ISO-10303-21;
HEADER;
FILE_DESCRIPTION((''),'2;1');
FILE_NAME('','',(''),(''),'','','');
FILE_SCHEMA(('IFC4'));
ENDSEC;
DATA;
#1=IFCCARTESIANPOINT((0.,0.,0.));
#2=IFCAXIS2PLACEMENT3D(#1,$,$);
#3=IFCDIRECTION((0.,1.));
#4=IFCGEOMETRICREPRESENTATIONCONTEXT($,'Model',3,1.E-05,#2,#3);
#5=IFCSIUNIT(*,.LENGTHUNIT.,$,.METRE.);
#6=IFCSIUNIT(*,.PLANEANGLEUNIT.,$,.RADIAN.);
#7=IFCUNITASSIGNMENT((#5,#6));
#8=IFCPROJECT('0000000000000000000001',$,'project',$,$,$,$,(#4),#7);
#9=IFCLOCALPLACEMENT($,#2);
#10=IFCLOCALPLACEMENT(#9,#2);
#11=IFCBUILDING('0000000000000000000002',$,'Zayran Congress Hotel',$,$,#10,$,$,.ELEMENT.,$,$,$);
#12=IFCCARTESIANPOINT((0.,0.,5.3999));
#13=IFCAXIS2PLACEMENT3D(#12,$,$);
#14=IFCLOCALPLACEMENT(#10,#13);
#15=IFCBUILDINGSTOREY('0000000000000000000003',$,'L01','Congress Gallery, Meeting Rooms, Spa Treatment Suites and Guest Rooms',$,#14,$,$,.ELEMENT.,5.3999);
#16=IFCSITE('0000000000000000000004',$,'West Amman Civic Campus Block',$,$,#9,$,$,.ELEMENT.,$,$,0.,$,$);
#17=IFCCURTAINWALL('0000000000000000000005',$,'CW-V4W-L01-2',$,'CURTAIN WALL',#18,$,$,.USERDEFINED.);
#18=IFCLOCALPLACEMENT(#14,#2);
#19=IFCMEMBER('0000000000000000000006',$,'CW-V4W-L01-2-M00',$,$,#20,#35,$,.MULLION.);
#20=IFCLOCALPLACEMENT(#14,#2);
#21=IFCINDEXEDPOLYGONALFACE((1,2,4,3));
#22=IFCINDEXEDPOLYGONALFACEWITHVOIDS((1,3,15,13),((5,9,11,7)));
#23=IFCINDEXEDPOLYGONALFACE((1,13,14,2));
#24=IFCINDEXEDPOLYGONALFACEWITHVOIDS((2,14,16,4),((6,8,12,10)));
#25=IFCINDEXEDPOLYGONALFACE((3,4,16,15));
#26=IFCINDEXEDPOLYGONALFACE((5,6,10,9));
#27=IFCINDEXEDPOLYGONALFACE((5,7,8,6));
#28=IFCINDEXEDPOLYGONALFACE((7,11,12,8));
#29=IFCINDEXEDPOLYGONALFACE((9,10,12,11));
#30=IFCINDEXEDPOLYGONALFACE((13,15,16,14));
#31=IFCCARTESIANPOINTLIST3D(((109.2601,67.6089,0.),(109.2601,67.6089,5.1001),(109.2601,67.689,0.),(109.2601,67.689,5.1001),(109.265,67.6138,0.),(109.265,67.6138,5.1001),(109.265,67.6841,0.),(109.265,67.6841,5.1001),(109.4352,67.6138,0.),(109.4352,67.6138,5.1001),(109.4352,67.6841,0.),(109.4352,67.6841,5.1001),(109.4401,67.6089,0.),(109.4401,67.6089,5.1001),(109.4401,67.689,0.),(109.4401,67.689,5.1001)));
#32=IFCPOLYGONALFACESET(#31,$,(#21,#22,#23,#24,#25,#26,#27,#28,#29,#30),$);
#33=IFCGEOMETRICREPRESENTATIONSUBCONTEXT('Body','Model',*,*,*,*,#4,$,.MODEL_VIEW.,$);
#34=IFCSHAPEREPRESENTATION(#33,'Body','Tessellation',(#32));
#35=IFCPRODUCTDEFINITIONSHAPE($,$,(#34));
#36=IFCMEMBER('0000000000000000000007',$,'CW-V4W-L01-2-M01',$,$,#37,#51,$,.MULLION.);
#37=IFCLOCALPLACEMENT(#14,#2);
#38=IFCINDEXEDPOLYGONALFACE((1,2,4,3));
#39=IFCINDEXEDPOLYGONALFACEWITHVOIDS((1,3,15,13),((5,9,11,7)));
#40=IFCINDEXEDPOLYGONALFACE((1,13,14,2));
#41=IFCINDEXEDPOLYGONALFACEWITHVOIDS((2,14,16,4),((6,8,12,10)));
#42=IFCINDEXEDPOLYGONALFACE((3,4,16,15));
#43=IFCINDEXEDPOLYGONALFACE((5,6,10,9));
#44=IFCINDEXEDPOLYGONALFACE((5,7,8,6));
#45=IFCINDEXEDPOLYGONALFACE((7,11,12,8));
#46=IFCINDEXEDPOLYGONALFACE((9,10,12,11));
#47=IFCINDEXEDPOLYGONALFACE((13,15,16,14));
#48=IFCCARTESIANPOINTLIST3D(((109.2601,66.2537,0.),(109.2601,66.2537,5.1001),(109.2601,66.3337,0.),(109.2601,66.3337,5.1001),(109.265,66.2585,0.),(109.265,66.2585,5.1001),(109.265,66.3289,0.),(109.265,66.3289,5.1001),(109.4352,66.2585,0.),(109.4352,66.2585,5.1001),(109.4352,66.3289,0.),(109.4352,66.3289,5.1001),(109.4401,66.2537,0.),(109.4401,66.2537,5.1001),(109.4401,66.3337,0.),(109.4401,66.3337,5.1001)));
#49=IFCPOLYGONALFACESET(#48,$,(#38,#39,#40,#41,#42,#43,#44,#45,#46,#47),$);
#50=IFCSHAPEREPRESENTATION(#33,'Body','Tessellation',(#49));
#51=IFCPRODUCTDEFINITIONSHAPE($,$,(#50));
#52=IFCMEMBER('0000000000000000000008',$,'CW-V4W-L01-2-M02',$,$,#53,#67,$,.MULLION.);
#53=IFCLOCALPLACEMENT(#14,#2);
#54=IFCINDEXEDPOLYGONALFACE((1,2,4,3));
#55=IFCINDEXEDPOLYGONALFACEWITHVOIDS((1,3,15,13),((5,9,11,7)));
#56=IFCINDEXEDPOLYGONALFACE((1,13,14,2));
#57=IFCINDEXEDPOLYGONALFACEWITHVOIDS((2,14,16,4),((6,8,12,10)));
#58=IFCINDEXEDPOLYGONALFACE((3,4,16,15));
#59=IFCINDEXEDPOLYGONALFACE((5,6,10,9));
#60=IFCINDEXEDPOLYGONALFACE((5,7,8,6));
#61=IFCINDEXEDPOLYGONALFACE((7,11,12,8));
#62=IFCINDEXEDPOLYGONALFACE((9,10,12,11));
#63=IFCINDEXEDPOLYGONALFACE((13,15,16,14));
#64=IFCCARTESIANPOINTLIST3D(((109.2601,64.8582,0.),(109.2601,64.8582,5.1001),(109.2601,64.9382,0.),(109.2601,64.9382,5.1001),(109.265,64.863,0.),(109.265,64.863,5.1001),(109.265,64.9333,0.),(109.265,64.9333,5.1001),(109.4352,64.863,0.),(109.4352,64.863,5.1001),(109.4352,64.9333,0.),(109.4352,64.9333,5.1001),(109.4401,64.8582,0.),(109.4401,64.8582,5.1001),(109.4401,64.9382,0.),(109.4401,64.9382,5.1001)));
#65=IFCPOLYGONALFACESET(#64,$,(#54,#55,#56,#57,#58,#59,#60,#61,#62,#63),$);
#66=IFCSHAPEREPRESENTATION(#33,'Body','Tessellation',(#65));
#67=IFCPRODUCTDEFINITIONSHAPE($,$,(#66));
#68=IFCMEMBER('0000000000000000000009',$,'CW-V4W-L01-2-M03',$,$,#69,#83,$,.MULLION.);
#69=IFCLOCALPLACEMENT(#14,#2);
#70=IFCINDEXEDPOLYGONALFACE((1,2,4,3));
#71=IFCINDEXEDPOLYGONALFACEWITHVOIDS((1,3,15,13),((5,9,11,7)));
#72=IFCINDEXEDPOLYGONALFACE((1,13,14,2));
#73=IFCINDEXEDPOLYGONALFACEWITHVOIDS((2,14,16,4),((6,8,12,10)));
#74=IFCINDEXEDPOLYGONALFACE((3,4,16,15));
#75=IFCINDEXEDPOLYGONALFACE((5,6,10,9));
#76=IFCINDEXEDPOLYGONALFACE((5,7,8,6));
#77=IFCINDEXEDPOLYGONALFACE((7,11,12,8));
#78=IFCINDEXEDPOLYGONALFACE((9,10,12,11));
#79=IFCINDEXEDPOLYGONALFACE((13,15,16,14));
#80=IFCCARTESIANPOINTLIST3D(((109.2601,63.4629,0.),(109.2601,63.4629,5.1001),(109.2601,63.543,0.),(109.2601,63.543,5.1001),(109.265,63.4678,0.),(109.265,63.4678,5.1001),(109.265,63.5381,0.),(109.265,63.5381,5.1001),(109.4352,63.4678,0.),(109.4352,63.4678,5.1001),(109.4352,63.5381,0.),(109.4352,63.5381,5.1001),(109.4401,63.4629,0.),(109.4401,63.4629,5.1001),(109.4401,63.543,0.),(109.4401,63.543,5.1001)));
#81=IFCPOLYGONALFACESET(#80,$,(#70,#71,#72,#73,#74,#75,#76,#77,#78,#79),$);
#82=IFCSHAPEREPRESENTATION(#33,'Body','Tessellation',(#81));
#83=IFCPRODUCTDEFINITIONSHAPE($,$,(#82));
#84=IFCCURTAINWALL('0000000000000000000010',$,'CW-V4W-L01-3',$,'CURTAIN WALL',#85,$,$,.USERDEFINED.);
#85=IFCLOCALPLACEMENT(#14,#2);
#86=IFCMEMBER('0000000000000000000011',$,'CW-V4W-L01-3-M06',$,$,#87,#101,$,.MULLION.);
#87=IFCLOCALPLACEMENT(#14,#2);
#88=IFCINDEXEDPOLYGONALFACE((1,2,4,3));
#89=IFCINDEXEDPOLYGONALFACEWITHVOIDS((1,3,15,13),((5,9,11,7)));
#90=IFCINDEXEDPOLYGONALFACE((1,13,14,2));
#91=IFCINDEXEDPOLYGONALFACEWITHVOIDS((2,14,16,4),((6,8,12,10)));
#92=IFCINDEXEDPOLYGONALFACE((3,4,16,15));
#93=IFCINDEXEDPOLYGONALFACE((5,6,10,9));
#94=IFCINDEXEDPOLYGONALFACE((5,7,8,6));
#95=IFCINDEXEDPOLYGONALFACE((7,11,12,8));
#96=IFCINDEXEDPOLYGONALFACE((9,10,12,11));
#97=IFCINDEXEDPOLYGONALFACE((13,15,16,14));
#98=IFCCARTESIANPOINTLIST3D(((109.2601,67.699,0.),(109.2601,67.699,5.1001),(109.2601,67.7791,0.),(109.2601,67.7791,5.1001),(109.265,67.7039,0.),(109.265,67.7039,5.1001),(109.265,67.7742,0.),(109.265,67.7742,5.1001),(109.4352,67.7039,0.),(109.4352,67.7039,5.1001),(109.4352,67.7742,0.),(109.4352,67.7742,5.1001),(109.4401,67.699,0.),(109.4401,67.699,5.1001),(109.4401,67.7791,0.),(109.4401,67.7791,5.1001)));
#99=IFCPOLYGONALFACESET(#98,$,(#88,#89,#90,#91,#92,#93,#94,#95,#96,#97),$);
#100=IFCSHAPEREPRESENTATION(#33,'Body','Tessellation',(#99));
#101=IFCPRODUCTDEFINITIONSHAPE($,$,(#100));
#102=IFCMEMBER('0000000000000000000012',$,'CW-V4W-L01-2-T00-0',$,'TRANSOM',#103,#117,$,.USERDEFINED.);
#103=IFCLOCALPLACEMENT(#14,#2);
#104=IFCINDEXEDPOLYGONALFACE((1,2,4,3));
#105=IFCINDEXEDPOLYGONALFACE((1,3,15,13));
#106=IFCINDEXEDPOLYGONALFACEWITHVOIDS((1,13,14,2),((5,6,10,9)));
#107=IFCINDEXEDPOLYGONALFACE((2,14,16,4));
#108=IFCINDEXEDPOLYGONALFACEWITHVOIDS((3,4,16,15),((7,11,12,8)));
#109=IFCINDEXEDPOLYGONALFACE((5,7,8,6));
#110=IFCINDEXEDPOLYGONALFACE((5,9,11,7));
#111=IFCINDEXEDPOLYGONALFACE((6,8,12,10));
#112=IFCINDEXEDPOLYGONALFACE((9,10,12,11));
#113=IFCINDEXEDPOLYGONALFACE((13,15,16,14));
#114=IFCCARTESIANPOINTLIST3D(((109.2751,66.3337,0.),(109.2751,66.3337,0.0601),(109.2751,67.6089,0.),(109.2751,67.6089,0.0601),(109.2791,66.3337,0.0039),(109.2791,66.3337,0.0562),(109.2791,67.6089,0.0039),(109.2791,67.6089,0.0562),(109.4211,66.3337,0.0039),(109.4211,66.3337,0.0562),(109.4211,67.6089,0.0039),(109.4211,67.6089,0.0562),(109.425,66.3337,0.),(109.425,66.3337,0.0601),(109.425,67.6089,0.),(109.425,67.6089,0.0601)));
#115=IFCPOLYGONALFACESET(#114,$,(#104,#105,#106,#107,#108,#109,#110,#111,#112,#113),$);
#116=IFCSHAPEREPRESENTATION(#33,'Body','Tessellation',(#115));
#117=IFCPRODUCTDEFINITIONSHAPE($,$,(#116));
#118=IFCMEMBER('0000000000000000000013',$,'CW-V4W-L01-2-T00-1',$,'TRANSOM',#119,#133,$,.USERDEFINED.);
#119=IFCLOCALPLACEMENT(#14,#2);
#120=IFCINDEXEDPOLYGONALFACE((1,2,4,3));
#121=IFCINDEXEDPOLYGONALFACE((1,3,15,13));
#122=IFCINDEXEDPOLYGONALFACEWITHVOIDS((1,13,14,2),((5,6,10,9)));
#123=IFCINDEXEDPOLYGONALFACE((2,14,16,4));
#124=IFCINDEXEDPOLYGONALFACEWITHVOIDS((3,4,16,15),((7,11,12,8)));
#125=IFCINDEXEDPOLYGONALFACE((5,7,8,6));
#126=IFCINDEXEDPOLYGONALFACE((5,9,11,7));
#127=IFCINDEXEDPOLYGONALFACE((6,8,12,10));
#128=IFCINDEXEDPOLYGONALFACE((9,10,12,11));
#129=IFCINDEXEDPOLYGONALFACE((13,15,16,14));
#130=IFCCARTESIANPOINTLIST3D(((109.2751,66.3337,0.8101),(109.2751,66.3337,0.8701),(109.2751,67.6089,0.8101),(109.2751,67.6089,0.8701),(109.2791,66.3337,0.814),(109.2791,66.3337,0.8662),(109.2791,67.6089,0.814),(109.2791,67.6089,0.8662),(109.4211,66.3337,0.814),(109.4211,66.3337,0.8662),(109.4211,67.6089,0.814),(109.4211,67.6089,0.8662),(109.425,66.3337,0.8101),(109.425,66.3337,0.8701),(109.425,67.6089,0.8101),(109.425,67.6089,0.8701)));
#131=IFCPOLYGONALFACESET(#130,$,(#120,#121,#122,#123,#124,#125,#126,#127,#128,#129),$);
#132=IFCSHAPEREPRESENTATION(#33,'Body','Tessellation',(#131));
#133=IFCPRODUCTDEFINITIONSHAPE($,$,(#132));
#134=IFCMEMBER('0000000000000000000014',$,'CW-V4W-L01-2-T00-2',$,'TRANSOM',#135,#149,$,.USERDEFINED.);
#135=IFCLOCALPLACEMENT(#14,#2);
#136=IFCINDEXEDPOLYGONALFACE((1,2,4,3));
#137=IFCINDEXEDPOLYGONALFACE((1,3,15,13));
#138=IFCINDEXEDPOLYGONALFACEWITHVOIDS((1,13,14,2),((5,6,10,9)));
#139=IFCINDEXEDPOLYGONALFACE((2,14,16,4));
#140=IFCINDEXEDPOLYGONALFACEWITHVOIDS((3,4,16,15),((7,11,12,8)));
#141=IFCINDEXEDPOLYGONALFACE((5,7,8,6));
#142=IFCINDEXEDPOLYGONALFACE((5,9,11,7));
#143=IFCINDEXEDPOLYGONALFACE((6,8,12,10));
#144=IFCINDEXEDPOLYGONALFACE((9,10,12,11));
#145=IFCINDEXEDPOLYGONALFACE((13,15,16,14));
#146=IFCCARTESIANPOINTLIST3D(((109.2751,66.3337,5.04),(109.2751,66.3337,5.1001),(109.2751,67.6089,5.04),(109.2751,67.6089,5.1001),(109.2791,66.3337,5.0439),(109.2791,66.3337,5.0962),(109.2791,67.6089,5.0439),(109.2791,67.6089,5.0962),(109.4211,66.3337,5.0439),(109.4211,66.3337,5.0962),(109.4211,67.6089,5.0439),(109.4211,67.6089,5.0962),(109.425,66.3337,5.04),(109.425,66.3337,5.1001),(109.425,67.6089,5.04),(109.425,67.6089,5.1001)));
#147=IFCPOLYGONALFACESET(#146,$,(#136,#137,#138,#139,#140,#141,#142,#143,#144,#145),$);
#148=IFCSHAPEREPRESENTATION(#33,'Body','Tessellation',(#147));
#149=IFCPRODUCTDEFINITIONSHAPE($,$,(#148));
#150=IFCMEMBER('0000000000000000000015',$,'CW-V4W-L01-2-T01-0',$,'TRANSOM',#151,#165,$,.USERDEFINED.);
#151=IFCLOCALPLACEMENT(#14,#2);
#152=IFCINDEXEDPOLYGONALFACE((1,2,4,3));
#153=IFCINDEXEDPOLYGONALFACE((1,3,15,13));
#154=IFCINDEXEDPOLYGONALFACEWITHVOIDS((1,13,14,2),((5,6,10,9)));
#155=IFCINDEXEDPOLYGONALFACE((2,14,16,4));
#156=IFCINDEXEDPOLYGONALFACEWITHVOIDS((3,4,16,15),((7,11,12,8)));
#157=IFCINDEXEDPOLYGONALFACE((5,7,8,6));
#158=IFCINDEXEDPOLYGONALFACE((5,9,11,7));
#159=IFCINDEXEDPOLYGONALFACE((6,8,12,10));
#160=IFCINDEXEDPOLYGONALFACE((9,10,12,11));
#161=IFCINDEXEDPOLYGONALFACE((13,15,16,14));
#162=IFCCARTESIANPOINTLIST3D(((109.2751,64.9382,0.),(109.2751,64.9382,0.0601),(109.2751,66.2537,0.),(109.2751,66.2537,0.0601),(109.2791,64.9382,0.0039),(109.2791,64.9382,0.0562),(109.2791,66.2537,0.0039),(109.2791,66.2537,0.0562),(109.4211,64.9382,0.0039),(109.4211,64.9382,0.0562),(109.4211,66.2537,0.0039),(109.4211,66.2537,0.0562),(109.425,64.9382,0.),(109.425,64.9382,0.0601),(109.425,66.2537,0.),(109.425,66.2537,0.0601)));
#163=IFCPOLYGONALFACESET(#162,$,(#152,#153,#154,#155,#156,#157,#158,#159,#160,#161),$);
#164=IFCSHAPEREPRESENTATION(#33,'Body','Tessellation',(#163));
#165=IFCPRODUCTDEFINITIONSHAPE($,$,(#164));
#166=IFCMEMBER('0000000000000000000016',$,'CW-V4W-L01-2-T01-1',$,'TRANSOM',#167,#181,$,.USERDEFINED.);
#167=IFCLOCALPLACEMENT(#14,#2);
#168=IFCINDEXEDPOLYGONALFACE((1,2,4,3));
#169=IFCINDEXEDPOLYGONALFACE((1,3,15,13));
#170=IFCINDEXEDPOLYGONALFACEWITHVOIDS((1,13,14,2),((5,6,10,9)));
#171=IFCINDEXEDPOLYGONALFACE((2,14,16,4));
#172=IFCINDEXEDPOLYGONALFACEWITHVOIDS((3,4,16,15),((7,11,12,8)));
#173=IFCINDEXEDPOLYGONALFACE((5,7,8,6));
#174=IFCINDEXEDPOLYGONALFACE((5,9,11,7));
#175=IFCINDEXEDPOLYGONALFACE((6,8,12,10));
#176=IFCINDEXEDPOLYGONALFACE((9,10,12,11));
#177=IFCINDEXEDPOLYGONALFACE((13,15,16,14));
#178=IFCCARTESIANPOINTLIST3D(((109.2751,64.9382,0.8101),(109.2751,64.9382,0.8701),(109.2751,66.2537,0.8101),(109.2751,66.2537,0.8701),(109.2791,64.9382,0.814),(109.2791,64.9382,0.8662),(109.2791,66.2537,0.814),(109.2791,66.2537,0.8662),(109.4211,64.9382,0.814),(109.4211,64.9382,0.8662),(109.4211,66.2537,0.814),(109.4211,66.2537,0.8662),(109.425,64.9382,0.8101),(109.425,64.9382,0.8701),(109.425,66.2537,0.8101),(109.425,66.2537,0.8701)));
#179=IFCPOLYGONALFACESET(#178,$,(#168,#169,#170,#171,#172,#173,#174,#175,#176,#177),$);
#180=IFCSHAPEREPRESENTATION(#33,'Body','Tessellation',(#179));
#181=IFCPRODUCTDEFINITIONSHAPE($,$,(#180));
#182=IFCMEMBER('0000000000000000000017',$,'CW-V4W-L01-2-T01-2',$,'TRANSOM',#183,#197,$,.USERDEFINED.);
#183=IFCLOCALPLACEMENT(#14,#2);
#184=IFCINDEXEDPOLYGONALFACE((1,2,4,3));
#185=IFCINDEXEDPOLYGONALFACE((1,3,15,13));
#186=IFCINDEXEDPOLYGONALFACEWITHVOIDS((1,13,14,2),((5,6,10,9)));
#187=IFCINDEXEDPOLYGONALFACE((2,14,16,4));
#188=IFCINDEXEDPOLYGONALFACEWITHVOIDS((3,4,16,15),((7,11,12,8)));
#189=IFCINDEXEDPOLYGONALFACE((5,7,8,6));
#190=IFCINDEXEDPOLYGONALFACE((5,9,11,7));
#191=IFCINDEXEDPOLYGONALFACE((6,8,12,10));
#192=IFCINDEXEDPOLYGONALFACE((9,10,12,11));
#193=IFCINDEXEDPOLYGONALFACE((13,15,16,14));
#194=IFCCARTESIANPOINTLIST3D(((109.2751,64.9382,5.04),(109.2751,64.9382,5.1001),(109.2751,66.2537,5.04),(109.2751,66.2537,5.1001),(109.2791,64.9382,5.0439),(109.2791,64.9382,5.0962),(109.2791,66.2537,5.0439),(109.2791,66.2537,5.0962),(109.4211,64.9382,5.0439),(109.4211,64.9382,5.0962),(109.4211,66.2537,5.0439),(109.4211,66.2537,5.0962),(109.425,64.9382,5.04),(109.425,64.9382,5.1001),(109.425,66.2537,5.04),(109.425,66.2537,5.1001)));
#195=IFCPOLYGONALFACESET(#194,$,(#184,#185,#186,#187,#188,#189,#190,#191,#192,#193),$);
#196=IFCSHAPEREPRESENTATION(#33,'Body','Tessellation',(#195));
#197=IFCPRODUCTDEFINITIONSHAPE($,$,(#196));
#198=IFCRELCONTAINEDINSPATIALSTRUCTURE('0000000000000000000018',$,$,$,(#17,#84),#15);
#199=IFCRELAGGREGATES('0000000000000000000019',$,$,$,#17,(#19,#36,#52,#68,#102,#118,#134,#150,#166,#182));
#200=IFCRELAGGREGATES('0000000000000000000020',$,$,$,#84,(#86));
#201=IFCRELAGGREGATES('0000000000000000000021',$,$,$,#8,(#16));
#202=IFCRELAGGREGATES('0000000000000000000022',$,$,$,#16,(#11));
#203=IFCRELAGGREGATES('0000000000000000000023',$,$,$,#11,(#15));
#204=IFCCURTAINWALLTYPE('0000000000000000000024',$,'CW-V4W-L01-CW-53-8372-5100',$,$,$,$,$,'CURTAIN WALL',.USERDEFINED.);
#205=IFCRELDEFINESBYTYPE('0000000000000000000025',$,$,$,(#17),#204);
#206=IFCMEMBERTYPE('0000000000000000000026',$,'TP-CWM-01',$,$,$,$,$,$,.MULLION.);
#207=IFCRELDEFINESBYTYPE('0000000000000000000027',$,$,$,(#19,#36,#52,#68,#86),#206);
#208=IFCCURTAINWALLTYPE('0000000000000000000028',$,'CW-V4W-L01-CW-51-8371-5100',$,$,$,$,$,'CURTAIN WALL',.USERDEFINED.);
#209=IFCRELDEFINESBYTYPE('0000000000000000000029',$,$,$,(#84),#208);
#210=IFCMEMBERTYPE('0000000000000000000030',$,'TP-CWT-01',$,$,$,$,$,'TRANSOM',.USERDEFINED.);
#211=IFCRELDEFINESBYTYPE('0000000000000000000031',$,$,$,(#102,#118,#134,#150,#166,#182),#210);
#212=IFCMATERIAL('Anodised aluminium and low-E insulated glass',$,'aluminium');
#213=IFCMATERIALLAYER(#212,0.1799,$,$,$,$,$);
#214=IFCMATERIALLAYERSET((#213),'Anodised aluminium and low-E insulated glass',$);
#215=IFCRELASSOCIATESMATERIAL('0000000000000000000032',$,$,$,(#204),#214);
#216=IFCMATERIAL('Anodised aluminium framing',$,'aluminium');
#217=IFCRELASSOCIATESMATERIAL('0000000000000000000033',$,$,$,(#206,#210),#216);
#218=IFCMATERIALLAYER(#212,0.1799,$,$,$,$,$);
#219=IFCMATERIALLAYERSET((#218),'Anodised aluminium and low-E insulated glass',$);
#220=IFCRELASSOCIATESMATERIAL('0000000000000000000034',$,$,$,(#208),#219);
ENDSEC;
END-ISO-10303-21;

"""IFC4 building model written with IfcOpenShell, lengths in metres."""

from ifc_helpers import new_model, si_unit, direction, frame, origin, origin_2d, place, context, subcontext, project, spatial, hollow_rectangle, extrude, material, layer, layer_set, material_profile, profile_set, type_object, element, aggregate, save


model = new_model("IFC4")

# Units and contexts
model_context = context("Model", 3, precision=1e-05, world=origin(), true_north=direction((0.0, 1.0)))
body_context = subcontext(model_context, "Body", "Model", "MODEL_VIEW")
ifc_project = project(units=[si_unit("LENGTHUNIT", "METRE"), si_unit("PLANEANGLEUNIT", "RADIAN")], contexts=[model_context])

# Site, building, storey
site_placement = place(None, origin())
site = spatial("IfcSite", under=ifc_project, at=site_placement, Name="West Amman Civic Campus Block", CompositionType="ELEMENT", RefElevation=0.0)
building_placement = place(site_placement, origin())
building = spatial("IfcBuilding", under=site, at=building_placement, Name="Zayran Congress Hotel", CompositionType="ELEMENT")
storey_placement = place(building_placement, frame((0.0, 0.0, 5.3999)))
storey = spatial("IfcBuildingStorey", under=building, at=storey_placement, Name="L01", Description="Congress Gallery, Meeting Rooms, Spa Treatment Suites and Guest Rooms", CompositionType="ELEMENT", Elevation=5.3999)

# Curtain wall, members
ifc_material_1 = material(Name="Anodised aluminium and low-E insulated glass", Category="aluminium")
ifc_layer_1 = layer(ifc_material_1, 0.1799)
ifc_layer_set_1 = layer_set([ifc_layer_1], Name="Anodised aluminium and low-E insulated glass")
curtain_wall_type_1 = type_object("IfcCurtainWallType", Name="CW-V4W-L01-CW-53-8372-5100", ElementType="CURTAIN WALL", PredefinedType="USERDEFINED", material=ifc_layer_set_1)
curtain_wall_1_placement = place(storey_placement, origin())
curtain_wall_1 = element("IfcCurtainWall", 1, at=curtain_wall_1_placement, inside=storey, type_object=curtain_wall_type_1, Name="CW-V4W-L01-2", ObjectType="CURTAIN WALL", PredefinedType="USERDEFINED")
ifc_material_2 = material(Name="Anodised aluminium framing", Category="aluminium")
ifc_material_profile_1 = material_profile(ifc_material_2, hollow_rectangle(XDim=0.0801, YDim=0.1799, WallThickness=0.0049, at=origin_2d()), Name="RHS 180x80x5")
ifc_profile_set_1 = profile_set([ifc_material_profile_1], Name="Anodised aluminium framing")
member_type_1 = type_object("IfcMemberType", Name="TP-CWM-01", PredefinedType="MULLION", material=ifc_profile_set_1)
member_1_placement = place(storey_placement, frame((109.3501, 67.6489, 0.0), z_axis=(0.0, 0.0, 1.0), x_axis=(0.0, 1.0, 0.0)))
member_1 = element("IfcMember", 2, at=member_1_placement, type_object=member_type_1, Name="CW-V4W-L01-2-M00", PredefinedType="MULLION", context=body_context, shape_type="SweptSolid", body=[
    extrude(hollow_rectangle(XDim=0.0801, YDim=0.1799, WallThickness=0.0049, at=origin_2d()), origin(), (0.0, 0.0, 1.0), 5.1001),
])
member_2_placement = place(storey_placement, frame((109.3501, 66.2937, 0.0), z_axis=(0.0, 0.0, 1.0), x_axis=(0.0, 1.0, 0.0)))
member_2 = element("IfcMember", 3, at=member_2_placement, type_object=member_type_1, Name="CW-V4W-L01-2-M01", PredefinedType="MULLION", context=body_context, shape_type="SweptSolid", body=[
    extrude(hollow_rectangle(XDim=0.0801, YDim=0.1799, WallThickness=0.0049, at=origin_2d()), origin(), (0.0, 0.0, 1.0), 5.1001),
])
member_3_placement = place(storey_placement, frame((109.3501, 64.8982, 0.0), z_axis=(0.0, 0.0, 1.0), x_axis=(0.0, 1.0, 0.0)))
member_3 = element("IfcMember", 4, at=member_3_placement, type_object=member_type_1, Name="CW-V4W-L01-2-M02", PredefinedType="MULLION", context=body_context, shape_type="SweptSolid", body=[
    extrude(hollow_rectangle(XDim=0.0801, YDim=0.1799, WallThickness=0.0049, at=origin_2d()), origin(), (0.0, 0.0, 1.0), 5.1001),
])
member_4_placement = place(storey_placement, frame((109.3501, 63.5029, 0.0), z_axis=(0.0, 0.0, 1.0), x_axis=(0.0, 1.0, 0.0)))
member_4 = element("IfcMember", 5, at=member_4_placement, type_object=member_type_1, Name="CW-V4W-L01-2-M03", PredefinedType="MULLION", context=body_context, shape_type="SweptSolid", body=[
    extrude(hollow_rectangle(XDim=0.0801, YDim=0.1799, WallThickness=0.0049, at=origin_2d()), origin(), (0.0, 0.0, 1.0), 5.1001),
])

# Curtain wall, member
ifc_layer_2 = layer(ifc_material_1, 0.1799)
ifc_layer_set_2 = layer_set([ifc_layer_2], Name="Anodised aluminium and low-E insulated glass")
curtain_wall_type_2 = type_object("IfcCurtainWallType", Name="CW-V4W-L01-CW-51-8371-5100", ElementType="CURTAIN WALL", PredefinedType="USERDEFINED", material=ifc_layer_set_2)
curtain_wall_2_placement = place(storey_placement, origin())
curtain_wall_2 = element("IfcCurtainWall", 6, at=curtain_wall_2_placement, inside=storey, type_object=curtain_wall_type_2, Name="CW-V4W-L01-3", ObjectType="CURTAIN WALL", PredefinedType="USERDEFINED")
member_5_placement = place(storey_placement, frame((109.3501, 67.739, 0.0), z_axis=(0.0, 0.0, 1.0), x_axis=(0.0, 1.0, 0.0)))
member_5 = element("IfcMember", 7, at=member_5_placement, type_object=member_type_1, Name="CW-V4W-L01-3-M06", PredefinedType="MULLION", context=body_context, shape_type="SweptSolid", body=[
    extrude(hollow_rectangle(XDim=0.0801, YDim=0.1799, WallThickness=0.0049, at=origin_2d()), origin(), (0.0, 0.0, 1.0), 5.1001),
])

# Members
ifc_material_profile_2 = material_profile(ifc_material_2, hollow_rectangle(XDim=0.0601, YDim=0.1499, WallThickness=0.0039, at=origin_2d()), Name="RHS 150x60x4")
ifc_profile_set_2 = profile_set([ifc_material_profile_2], Name="Anodised aluminium framing")
member_type_2 = type_object("IfcMemberType", Name="TP-CWT-01", ElementType="TRANSOM", PredefinedType="USERDEFINED", material=ifc_profile_set_2)
member_6_placement = place(storey_placement, frame((109.3501, 67.6089, 0.03), z_axis=(0.0, -1.0, 0.0), x_axis=(0.0, 0.0, 1.0)))
member_6 = element("IfcMember", 8, at=member_6_placement, type_object=member_type_2, Name="CW-V4W-L01-2-T00-0", ObjectType="TRANSOM", PredefinedType="USERDEFINED", context=body_context, shape_type="SweptSolid", body=[
    extrude(hollow_rectangle(XDim=0.0601, YDim=0.1499, WallThickness=0.0039, at=origin_2d()), origin(), (0.0, 0.0, 1.0), 1.2751),
])
member_7_placement = place(storey_placement, frame((109.3501, 67.6089, 0.8401), z_axis=(0.0, -1.0, 0.0), x_axis=(0.0, 0.0, 1.0)))
member_7 = element("IfcMember", 9, at=member_7_placement, type_object=member_type_2, Name="CW-V4W-L01-2-T00-1", ObjectType="TRANSOM", PredefinedType="USERDEFINED", context=body_context, shape_type="SweptSolid", body=[
    extrude(hollow_rectangle(XDim=0.0601, YDim=0.1499, WallThickness=0.0039, at=origin_2d()), origin(), (0.0, 0.0, 1.0), 1.2751),
])
member_8_placement = place(storey_placement, frame((109.3501, 67.6089, 5.0701), z_axis=(0.0, -1.0, 0.0), x_axis=(0.0, 0.0, 1.0)))
member_8 = element("IfcMember", 10, at=member_8_placement, type_object=member_type_2, Name="CW-V4W-L01-2-T00-2", ObjectType="TRANSOM", PredefinedType="USERDEFINED", context=body_context, shape_type="SweptSolid", body=[
    extrude(hollow_rectangle(XDim=0.0601, YDim=0.1499, WallThickness=0.0039, at=origin_2d()), origin(), (0.0, 0.0, 1.0), 1.2751),
])
member_9_placement = place(storey_placement, frame((109.3501, 66.2537, 0.03), z_axis=(0.0, -1.0, 0.0), x_axis=(0.0, 0.0, 1.0)))
member_9 = element("IfcMember", 11, at=member_9_placement, type_object=member_type_2, Name="CW-V4W-L01-2-T01-0", ObjectType="TRANSOM", PredefinedType="USERDEFINED", context=body_context, shape_type="SweptSolid", body=[
    extrude(hollow_rectangle(XDim=0.0601, YDim=0.1499, WallThickness=0.0039, at=origin_2d()), origin(), (0.0, 0.0, 1.0), 1.3154),
])
member_10_placement = place(storey_placement, frame((109.3501, 66.2537, 0.8401), z_axis=(0.0, -1.0, 0.0), x_axis=(0.0, 0.0, 1.0)))
member_10 = element("IfcMember", 12, at=member_10_placement, type_object=member_type_2, Name="CW-V4W-L01-2-T01-1", ObjectType="TRANSOM", PredefinedType="USERDEFINED", context=body_context, shape_type="SweptSolid", body=[
    extrude(hollow_rectangle(XDim=0.0601, YDim=0.1499, WallThickness=0.0039, at=origin_2d()), origin(), (0.0, 0.0, 1.0), 1.3154),
])
member_11_placement = place(storey_placement, frame((109.3501, 66.2537, 5.0701), z_axis=(0.0, -1.0, 0.0), x_axis=(0.0, 0.0, 1.0)))
member_11 = element("IfcMember", 13, at=member_11_placement, type_object=member_type_2, Name="CW-V4W-L01-2-T01-2", ObjectType="TRANSOM", PredefinedType="USERDEFINED", context=body_context, shape_type="SweptSolid", body=[
    extrude(hollow_rectangle(XDim=0.0601, YDim=0.1499, WallThickness=0.0039, at=origin_2d()), origin(), (0.0, 0.0, 1.0), 1.3154),
])

aggregate(curtain_wall_1, [member_1, member_2, member_3, member_4, member_6, member_7, member_8, member_9, member_10, member_11])
aggregate(curtain_wall_2, [member_5])

save(model, "model.ifc")
